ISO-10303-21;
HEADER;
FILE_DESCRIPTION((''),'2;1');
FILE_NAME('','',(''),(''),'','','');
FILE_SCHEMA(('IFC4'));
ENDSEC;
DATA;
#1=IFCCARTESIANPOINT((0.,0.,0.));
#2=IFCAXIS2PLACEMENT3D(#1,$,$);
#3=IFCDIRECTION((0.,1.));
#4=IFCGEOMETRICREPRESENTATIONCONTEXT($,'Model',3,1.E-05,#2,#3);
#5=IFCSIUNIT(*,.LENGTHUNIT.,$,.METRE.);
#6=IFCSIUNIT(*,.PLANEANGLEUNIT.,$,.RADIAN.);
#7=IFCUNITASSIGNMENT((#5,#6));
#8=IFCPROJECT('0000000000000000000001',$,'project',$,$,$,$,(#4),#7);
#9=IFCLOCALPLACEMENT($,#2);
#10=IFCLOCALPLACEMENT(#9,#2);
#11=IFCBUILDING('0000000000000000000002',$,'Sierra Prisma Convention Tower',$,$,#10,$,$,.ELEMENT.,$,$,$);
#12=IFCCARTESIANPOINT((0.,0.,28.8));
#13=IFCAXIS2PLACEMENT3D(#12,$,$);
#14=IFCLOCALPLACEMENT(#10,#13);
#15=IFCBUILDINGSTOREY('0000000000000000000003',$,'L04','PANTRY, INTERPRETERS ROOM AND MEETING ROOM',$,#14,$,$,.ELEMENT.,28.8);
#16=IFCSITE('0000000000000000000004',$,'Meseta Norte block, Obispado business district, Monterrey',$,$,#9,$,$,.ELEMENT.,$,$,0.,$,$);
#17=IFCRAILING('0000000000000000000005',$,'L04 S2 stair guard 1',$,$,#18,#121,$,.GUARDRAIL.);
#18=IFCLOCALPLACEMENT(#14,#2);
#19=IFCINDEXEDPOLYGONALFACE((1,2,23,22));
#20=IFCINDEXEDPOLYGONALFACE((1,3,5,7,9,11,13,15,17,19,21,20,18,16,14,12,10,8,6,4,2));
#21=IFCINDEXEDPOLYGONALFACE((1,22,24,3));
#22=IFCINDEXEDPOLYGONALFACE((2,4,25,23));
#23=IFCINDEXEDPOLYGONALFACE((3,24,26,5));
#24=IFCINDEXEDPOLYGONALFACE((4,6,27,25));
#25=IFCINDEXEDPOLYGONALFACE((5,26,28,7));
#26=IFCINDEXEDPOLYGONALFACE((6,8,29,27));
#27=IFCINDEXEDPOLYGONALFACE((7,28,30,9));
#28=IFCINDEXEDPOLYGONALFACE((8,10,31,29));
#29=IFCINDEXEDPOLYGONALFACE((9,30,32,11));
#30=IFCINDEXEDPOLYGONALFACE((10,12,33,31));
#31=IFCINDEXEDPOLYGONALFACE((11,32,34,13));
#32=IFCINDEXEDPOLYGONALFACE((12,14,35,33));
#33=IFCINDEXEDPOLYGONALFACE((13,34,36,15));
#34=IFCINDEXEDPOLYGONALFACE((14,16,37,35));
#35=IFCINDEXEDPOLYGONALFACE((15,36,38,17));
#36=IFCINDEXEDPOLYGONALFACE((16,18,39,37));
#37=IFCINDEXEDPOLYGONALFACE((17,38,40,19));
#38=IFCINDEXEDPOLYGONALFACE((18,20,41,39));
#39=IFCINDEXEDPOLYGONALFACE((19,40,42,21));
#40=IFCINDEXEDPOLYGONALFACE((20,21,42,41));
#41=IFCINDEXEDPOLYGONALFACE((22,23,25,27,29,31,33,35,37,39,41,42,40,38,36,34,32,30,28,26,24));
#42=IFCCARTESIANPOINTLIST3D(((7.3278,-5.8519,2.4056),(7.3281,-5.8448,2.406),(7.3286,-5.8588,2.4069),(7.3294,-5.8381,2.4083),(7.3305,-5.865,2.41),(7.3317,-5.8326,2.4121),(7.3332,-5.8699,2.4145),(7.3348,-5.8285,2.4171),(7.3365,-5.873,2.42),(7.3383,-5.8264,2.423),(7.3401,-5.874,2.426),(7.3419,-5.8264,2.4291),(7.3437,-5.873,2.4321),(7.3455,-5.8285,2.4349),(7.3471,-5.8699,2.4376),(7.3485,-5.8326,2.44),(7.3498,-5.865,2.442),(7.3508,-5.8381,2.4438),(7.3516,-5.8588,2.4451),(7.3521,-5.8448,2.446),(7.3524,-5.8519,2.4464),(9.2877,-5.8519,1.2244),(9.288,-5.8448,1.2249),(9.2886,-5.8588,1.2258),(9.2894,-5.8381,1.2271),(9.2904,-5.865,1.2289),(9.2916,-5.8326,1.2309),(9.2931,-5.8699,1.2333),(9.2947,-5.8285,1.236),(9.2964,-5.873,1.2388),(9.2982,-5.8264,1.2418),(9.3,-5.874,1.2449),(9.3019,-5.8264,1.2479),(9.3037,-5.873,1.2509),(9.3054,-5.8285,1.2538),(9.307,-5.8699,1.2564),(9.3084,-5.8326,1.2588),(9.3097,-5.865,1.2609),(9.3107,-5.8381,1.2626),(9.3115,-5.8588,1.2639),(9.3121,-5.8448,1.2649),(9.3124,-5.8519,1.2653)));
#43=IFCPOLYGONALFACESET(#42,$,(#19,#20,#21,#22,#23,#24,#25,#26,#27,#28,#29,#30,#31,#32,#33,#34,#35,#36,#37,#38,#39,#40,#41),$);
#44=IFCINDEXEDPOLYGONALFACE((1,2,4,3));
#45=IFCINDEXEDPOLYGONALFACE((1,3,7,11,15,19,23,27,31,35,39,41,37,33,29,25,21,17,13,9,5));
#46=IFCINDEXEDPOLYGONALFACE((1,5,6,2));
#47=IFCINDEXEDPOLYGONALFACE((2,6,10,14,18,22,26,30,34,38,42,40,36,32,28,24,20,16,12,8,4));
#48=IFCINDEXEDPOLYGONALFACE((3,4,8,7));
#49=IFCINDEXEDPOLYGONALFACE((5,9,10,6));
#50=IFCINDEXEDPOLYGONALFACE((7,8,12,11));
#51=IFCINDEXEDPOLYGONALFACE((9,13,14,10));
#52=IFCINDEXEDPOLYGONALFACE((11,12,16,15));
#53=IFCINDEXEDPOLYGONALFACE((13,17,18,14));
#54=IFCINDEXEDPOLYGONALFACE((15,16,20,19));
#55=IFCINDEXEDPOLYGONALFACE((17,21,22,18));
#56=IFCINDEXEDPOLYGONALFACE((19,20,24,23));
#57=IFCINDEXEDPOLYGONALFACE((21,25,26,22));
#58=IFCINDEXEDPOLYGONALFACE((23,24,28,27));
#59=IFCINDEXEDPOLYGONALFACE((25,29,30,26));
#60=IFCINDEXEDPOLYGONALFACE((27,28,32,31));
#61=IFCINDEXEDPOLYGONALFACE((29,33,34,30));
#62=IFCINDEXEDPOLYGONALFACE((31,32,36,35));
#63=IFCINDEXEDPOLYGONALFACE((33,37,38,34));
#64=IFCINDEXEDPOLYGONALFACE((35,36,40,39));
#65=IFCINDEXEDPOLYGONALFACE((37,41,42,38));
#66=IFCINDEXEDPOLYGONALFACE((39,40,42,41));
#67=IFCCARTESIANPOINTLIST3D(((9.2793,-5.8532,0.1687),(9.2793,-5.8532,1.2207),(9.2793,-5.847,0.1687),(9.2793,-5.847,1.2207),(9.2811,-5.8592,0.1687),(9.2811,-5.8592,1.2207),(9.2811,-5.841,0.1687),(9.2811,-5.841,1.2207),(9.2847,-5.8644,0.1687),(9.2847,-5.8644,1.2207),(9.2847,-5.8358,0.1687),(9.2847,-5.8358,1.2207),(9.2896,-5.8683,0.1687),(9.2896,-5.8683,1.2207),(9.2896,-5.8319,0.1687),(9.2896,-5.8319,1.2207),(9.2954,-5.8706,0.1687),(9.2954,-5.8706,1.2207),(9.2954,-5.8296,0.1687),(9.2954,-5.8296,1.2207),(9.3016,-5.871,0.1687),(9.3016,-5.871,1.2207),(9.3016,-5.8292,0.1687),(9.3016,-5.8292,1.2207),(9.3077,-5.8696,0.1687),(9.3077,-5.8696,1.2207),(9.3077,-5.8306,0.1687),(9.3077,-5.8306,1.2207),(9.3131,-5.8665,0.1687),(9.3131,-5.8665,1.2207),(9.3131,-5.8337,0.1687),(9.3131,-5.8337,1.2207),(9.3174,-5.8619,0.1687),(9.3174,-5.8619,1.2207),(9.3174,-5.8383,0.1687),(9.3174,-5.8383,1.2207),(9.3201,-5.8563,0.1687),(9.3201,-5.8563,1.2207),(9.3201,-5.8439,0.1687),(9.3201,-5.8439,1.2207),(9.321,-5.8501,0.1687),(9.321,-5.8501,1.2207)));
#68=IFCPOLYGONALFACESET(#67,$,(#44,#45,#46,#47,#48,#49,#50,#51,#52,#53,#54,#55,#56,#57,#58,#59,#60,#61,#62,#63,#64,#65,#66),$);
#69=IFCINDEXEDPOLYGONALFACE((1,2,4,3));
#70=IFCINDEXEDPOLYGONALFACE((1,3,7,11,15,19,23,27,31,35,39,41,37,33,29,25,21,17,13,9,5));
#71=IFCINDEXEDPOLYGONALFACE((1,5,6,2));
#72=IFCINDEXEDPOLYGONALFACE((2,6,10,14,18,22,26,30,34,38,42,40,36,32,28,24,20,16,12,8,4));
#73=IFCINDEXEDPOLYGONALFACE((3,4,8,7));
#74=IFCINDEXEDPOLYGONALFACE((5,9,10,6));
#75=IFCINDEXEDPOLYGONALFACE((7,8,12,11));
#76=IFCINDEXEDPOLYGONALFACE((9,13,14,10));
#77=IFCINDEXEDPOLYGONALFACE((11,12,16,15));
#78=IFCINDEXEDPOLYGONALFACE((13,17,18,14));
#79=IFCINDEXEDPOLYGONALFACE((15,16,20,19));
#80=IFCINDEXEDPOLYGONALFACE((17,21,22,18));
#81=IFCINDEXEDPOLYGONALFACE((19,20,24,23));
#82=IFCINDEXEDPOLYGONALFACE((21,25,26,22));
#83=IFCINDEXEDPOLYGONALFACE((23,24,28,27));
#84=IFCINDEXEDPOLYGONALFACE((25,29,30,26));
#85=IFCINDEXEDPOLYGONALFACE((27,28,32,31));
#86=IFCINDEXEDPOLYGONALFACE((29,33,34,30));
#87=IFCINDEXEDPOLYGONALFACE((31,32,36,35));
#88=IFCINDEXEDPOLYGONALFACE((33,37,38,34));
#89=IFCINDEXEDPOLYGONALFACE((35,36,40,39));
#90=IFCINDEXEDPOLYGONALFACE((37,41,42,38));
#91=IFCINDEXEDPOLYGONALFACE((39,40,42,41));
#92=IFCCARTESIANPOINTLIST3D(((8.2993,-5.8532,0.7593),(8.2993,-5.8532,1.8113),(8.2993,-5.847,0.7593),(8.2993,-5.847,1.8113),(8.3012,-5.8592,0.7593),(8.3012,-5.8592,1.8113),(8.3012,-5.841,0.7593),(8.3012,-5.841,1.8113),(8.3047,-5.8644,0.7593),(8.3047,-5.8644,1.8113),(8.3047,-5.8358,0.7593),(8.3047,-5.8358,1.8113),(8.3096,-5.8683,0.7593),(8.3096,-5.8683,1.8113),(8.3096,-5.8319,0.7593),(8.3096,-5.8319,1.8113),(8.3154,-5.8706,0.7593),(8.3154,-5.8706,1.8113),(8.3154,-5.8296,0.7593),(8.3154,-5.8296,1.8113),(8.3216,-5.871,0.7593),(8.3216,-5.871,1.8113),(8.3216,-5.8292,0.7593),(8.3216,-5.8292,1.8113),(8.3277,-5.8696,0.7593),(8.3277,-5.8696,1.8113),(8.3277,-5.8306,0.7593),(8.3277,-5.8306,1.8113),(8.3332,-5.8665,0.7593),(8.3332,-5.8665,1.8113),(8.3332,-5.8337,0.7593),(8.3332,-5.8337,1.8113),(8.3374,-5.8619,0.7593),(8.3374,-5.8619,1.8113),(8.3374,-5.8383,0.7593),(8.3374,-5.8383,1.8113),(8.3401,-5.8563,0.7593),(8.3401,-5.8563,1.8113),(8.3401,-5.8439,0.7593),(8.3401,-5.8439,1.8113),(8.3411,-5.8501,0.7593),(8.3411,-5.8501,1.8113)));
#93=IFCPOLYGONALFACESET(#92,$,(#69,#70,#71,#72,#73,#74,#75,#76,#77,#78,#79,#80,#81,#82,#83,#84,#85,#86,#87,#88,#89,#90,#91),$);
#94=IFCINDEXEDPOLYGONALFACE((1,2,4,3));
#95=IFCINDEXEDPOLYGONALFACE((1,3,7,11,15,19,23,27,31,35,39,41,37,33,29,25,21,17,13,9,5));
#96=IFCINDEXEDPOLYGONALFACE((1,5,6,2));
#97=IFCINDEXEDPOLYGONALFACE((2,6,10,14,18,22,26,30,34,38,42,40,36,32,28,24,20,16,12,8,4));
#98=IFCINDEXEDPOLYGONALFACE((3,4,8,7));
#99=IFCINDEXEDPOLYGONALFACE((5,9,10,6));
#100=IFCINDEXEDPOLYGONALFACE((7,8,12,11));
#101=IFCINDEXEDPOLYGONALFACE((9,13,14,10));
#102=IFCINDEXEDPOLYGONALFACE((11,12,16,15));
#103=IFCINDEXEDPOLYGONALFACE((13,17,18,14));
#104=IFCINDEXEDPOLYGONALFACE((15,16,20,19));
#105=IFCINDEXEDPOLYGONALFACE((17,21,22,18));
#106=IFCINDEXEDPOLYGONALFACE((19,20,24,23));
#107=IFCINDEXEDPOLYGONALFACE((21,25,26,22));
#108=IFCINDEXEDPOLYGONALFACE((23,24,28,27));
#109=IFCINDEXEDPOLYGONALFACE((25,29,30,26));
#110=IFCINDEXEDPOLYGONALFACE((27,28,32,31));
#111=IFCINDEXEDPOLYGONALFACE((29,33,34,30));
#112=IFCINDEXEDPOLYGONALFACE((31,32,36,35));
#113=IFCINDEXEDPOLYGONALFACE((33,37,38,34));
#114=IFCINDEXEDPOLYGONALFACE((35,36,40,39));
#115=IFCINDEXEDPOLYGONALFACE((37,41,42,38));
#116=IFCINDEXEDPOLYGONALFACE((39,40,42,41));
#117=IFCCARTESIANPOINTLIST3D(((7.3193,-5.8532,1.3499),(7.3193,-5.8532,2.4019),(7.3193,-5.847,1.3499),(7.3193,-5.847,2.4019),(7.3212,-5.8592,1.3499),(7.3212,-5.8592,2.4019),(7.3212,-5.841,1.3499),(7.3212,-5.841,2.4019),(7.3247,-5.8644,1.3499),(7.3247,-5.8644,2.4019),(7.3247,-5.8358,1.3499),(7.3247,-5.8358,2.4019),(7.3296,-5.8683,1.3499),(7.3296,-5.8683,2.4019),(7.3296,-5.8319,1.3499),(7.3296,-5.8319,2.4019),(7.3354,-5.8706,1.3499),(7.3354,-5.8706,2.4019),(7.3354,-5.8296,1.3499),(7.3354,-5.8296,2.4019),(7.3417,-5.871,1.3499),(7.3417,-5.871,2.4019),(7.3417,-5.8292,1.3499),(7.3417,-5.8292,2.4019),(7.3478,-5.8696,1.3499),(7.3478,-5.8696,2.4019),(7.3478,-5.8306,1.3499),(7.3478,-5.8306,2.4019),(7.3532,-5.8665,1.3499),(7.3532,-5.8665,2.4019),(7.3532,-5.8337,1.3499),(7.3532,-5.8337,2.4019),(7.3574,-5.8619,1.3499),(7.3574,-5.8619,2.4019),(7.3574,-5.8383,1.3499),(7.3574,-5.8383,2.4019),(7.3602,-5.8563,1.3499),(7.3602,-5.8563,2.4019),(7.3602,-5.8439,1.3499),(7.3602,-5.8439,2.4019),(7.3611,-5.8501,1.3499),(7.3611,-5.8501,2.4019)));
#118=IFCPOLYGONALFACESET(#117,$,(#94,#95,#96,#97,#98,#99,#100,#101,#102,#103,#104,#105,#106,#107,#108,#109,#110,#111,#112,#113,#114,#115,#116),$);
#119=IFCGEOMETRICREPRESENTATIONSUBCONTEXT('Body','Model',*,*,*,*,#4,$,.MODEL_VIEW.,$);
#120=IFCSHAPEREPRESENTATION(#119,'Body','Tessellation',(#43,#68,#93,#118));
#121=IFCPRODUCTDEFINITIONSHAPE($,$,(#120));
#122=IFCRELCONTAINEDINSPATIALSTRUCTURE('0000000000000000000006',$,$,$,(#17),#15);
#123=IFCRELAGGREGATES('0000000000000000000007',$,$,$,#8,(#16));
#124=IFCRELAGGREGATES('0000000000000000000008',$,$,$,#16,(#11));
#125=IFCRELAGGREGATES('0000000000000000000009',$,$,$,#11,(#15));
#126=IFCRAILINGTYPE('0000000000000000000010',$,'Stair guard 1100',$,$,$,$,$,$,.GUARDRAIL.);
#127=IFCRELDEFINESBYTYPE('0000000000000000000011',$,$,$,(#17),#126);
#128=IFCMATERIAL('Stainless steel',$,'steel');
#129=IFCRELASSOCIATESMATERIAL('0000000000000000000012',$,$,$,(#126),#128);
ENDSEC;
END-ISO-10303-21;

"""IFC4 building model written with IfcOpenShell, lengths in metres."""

from ifc_helpers import new_model, si_unit, direction, frame, origin, origin_2d, place, context, subcontext, project, spatial, circle, extrude, material, type_object, element, save


model = new_model("IFC4")

# Units and contexts
model_context = context("Model", 3, precision=1e-05, world=origin(), true_north=direction((0.0, 1.0)))
body_context = subcontext(model_context, "Body", "Model", "MODEL_VIEW")
ifc_project = project(units=[si_unit("LENGTHUNIT", "METRE"), si_unit("PLANEANGLEUNIT", "RADIAN")], contexts=[model_context])

# Site, building, storey
site_placement = place(None, origin())
site = spatial("IfcSite", under=ifc_project, at=site_placement, Name="Meseta Norte block, Obispado business district, Monterrey", CompositionType="ELEMENT", RefElevation=0.0)
building_placement = place(site_placement, origin())
building = spatial("IfcBuilding", under=site, at=building_placement, Name="Sierra Prisma Convention Tower", CompositionType="ELEMENT")
storey_placement = place(building_placement, frame((0.0, 0.0, 28.8)))
storey = spatial("IfcBuildingStorey", under=building, at=storey_placement, Name="L04", Description="PANTRY, INTERPRETERS ROOM AND MEETING ROOM", CompositionType="ELEMENT", Elevation=28.8)

# Railing
ifc_material_1 = material(Name="Stainless steel", Category="steel")
railing_type = type_object("IfcRailingType", Name="Stair guard 1100", PredefinedType="GUARDRAIL", material=ifc_material_1)
railing_1_placement = place(storey_placement, frame((9.3, -5.8501, 0.1687)))
element("IfcRailing", 1, at=railing_1_placement, inside=storey, type_object=railing_type, Name="L04 S2 stair guard 1", PredefinedType="GUARDRAIL", context=body_context, shape_type="SweptSolid", body=[
    extrude(circle(Radius=0.0239, at=origin_2d()), frame((0.0, 0.0, 1.0762), z_axis=(-0.856493, 0.0, 0.516158), x_axis=(0.0, -1.0, 0.0)), (0.0, 0.0, 1.0), 2.2883),
    extrude(circle(Radius=0.021, at=origin_2d()), origin(), (0.0, 0.0, 1.0), 1.052),
    extrude(circle(Radius=0.021, at=origin_2d()), frame((-0.98, 0.0, 0.5906)), (0.0, 0.0, 1.0), 1.052),
    extrude(circle(Radius=0.021, at=origin_2d()), frame((-1.96, 0.0, 1.1812)), (0.0, 0.0, 1.0), 1.052),
])

save(model, "model.ifc")
